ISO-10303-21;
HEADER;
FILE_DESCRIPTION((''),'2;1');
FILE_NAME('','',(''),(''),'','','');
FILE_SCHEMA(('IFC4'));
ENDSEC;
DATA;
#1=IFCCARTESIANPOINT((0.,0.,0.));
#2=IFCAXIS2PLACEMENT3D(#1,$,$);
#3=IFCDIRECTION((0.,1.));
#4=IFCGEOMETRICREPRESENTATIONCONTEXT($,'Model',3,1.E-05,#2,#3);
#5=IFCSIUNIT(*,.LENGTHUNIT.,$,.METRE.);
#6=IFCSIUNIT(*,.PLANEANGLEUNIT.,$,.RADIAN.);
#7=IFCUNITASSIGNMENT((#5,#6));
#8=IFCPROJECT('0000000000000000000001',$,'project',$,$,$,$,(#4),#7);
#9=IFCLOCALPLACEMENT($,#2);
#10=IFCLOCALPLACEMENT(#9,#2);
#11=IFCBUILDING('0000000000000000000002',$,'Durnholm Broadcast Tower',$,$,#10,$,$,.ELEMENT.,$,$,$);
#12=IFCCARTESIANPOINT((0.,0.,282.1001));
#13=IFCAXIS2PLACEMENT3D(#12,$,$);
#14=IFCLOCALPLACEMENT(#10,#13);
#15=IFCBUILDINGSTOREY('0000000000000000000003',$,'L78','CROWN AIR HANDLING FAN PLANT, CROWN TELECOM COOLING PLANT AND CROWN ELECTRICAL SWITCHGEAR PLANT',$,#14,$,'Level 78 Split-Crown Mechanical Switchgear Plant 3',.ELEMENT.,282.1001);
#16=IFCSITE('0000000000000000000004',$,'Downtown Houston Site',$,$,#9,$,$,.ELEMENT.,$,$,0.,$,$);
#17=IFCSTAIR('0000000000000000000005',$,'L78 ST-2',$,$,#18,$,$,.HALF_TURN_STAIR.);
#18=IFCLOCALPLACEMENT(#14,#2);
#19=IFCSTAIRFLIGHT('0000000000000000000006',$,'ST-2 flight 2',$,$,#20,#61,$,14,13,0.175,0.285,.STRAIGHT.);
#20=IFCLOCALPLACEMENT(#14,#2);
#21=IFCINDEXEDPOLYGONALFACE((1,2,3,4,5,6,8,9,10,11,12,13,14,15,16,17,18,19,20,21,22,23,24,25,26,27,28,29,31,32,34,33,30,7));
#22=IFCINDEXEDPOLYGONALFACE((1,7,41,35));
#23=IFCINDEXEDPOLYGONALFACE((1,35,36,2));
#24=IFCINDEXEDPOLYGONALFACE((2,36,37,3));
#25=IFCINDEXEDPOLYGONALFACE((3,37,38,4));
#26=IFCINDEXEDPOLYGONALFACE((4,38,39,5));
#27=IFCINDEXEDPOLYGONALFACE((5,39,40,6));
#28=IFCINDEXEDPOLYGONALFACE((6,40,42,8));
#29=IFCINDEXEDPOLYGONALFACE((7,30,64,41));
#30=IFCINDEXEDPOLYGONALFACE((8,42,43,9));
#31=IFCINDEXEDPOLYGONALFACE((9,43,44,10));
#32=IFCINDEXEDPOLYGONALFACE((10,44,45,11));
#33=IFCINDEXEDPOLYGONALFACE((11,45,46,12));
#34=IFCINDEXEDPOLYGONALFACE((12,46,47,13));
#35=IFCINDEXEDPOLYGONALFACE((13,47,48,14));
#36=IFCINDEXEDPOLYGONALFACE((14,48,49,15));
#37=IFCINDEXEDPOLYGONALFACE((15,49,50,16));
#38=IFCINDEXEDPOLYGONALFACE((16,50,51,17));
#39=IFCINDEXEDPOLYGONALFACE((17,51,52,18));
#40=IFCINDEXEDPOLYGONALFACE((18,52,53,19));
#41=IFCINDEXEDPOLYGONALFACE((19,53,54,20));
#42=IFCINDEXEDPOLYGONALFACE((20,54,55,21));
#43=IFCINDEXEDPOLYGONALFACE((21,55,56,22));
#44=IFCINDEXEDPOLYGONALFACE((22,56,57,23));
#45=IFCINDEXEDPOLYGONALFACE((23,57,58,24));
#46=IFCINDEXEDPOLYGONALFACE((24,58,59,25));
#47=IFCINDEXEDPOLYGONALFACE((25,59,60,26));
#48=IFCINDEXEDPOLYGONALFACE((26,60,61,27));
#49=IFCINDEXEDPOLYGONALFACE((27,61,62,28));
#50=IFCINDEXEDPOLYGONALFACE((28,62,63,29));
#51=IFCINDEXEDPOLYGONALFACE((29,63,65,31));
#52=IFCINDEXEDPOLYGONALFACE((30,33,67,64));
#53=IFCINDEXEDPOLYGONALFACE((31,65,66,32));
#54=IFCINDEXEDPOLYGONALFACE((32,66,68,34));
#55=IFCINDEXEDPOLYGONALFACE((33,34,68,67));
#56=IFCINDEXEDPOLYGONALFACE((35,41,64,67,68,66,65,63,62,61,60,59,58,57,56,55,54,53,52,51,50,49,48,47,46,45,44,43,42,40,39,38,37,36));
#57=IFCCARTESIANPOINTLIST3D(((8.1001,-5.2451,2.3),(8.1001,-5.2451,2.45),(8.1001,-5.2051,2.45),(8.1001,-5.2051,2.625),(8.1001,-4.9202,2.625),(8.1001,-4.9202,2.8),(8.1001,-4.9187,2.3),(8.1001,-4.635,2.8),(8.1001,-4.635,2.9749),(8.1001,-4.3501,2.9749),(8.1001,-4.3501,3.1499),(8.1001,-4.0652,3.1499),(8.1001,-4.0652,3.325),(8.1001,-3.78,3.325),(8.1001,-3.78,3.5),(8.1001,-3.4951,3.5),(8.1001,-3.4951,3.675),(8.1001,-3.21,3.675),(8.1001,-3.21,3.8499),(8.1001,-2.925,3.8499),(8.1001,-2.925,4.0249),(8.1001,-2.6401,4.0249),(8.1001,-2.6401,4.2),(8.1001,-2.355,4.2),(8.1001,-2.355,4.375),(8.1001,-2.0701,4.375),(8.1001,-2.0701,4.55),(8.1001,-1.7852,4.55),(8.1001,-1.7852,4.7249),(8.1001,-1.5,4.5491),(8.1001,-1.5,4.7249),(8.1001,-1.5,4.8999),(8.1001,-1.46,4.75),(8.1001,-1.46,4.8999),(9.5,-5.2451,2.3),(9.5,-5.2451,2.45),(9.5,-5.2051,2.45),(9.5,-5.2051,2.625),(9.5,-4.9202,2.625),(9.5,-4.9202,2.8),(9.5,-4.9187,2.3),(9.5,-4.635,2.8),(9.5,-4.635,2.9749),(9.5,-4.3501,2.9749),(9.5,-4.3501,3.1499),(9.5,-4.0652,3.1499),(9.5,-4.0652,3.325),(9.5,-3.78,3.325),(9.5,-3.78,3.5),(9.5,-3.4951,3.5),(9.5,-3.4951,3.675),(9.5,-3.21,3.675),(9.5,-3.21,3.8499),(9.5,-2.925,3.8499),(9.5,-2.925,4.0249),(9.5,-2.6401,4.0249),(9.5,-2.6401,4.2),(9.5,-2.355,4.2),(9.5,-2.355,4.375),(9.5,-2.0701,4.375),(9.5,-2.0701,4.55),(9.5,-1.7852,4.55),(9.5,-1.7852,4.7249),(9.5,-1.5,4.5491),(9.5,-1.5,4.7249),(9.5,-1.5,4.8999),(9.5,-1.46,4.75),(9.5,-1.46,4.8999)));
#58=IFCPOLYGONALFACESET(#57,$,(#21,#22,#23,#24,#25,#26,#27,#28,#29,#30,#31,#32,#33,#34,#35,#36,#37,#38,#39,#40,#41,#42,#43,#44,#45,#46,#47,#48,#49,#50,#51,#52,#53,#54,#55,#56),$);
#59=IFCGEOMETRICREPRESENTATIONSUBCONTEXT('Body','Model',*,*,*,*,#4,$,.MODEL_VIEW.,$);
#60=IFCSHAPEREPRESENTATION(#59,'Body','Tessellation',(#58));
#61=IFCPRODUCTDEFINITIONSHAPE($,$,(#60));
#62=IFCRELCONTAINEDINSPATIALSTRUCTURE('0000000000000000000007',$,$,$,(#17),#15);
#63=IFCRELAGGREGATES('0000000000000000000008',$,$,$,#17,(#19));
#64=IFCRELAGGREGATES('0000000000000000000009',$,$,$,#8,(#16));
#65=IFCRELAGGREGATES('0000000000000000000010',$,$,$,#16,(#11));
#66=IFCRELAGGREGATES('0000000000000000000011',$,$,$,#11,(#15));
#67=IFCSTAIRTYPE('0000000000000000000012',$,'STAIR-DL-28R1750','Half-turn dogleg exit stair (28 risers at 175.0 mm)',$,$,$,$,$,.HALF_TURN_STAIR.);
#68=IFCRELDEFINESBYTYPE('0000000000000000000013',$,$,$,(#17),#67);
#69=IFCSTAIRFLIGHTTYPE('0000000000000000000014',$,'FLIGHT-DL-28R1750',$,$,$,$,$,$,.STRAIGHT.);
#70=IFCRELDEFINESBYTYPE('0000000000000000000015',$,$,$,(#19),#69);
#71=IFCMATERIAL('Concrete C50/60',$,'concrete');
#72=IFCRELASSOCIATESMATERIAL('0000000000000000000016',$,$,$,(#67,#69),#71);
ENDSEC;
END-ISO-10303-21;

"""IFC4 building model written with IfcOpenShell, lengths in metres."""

from ifc_helpers import new_model, si_unit, direction, frame, origin, place, context, subcontext, project, spatial, polyline, outline, extrude, material, type_object, element, aggregate, save


model = new_model("IFC4")

# Units and contexts
model_context = context("Model", 3, precision=1e-05, world=origin(), true_north=direction((0.0, 1.0)))
body_context = subcontext(model_context, "Body", "Model", "MODEL_VIEW")
ifc_project = project(units=[si_unit("LENGTHUNIT", "METRE"), si_unit("PLANEANGLEUNIT", "RADIAN")], contexts=[model_context])

# Site, building, storey
site_placement = place(None, origin())
site = spatial("IfcSite", under=ifc_project, at=site_placement, Name="Downtown Houston Site", CompositionType="ELEMENT", RefElevation=0.0)
building_placement = place(site_placement, origin())
building = spatial("IfcBuilding", under=site, at=building_placement, Name="Durnholm Broadcast Tower", CompositionType="ELEMENT")
storey_placement = place(building_placement, frame((0.0, 0.0, 282.1001)))
storey = spatial("IfcBuildingStorey", under=building, at=storey_placement, Name="L78", Description="CROWN AIR HANDLING FAN PLANT, CROWN TELECOM COOLING PLANT AND CROWN ELECTRICAL SWITCHGEAR PLANT", LongName="Level 78 Split-Crown Mechanical Switchgear Plant 3", CompositionType="ELEMENT", Elevation=282.1001)

# Shared definitions
ifc_material_1 = material(Name="Concrete C50/60", Category="concrete")

# Stair, stair flight
stair_type = type_object("IfcStairType", Name="STAIR-DL-28R1750", Description="Half-turn dogleg exit stair (28 risers at 175.0 mm)", PredefinedType="HALF_TURN_STAIR", material=ifc_material_1)
stair_placement = place(storey_placement, origin())
stair = element("IfcStair", 1, at=stair_placement, inside=storey, type_object=stair_type, Name="L78 ST-2", PredefinedType="HALF_TURN_STAIR")
stair_flight_type = type_object("IfcStairFlightType", Name="FLIGHT-DL-28R1750", PredefinedType="STRAIGHT", material=ifc_material_1)
stair_flight_1_placement = place(storey_placement, frame((8.8, -5.2051, 2.45), z_axis=(0.0, 0.0, 1.0), x_axis=(0.0, 1.0, 0.0)))
stair_flight_1 = element("IfcStairFlight", 2, at=stair_flight_1_placement, type_object=stair_flight_type, Name="ST-2 flight 2", NumberOfRisers=14, NumberOfTreads=13, PredefinedType="STRAIGHT", RiserHeight=0.175, TreadLength=0.285, context=body_context, shape_type="SweptSolid", body=[
    extrude(outline(polyline([(-0.04, -0.1499), (-0.04, 0.0), (0.0, 0.0), (0.0, 0.175), (0.2849, 0.175), (0.2849, 0.3501), (0.5701, 0.3501), (0.5701, 0.5249), (0.855, 0.5249), (0.855, 0.7), (1.1399, 0.7), (1.1399, 0.875), (1.425, 0.875), (1.425, 1.05), (1.71, 1.05), (1.71, 1.2251), (1.9951, 1.2251), (1.9951, 1.3999), (2.28, 1.3999), (2.28, 1.575), (2.5649, 1.575), (2.5649, 1.75), (2.8501, 1.75), (2.8501, 1.925), (3.135, 1.925), (3.135, 2.1001), (3.4199, 2.1001), (3.4199, 2.2749), (3.7051, 2.2749), (3.7051, 2.45), (3.7451, 2.45), (3.7451, 2.3), (3.7051, 2.0991), (0.2864, -0.1499), (-0.04, -0.1499)])), frame((0.0, 0.7, 0.0), z_axis=(0.0, -1.0, 0.0), x_axis=(1.0, 0.0, 0.0)), (0.0, 0.0, 1.0), 1.3999),
])
aggregate(stair, [stair_flight_1])

save(model, "model.ifc")
